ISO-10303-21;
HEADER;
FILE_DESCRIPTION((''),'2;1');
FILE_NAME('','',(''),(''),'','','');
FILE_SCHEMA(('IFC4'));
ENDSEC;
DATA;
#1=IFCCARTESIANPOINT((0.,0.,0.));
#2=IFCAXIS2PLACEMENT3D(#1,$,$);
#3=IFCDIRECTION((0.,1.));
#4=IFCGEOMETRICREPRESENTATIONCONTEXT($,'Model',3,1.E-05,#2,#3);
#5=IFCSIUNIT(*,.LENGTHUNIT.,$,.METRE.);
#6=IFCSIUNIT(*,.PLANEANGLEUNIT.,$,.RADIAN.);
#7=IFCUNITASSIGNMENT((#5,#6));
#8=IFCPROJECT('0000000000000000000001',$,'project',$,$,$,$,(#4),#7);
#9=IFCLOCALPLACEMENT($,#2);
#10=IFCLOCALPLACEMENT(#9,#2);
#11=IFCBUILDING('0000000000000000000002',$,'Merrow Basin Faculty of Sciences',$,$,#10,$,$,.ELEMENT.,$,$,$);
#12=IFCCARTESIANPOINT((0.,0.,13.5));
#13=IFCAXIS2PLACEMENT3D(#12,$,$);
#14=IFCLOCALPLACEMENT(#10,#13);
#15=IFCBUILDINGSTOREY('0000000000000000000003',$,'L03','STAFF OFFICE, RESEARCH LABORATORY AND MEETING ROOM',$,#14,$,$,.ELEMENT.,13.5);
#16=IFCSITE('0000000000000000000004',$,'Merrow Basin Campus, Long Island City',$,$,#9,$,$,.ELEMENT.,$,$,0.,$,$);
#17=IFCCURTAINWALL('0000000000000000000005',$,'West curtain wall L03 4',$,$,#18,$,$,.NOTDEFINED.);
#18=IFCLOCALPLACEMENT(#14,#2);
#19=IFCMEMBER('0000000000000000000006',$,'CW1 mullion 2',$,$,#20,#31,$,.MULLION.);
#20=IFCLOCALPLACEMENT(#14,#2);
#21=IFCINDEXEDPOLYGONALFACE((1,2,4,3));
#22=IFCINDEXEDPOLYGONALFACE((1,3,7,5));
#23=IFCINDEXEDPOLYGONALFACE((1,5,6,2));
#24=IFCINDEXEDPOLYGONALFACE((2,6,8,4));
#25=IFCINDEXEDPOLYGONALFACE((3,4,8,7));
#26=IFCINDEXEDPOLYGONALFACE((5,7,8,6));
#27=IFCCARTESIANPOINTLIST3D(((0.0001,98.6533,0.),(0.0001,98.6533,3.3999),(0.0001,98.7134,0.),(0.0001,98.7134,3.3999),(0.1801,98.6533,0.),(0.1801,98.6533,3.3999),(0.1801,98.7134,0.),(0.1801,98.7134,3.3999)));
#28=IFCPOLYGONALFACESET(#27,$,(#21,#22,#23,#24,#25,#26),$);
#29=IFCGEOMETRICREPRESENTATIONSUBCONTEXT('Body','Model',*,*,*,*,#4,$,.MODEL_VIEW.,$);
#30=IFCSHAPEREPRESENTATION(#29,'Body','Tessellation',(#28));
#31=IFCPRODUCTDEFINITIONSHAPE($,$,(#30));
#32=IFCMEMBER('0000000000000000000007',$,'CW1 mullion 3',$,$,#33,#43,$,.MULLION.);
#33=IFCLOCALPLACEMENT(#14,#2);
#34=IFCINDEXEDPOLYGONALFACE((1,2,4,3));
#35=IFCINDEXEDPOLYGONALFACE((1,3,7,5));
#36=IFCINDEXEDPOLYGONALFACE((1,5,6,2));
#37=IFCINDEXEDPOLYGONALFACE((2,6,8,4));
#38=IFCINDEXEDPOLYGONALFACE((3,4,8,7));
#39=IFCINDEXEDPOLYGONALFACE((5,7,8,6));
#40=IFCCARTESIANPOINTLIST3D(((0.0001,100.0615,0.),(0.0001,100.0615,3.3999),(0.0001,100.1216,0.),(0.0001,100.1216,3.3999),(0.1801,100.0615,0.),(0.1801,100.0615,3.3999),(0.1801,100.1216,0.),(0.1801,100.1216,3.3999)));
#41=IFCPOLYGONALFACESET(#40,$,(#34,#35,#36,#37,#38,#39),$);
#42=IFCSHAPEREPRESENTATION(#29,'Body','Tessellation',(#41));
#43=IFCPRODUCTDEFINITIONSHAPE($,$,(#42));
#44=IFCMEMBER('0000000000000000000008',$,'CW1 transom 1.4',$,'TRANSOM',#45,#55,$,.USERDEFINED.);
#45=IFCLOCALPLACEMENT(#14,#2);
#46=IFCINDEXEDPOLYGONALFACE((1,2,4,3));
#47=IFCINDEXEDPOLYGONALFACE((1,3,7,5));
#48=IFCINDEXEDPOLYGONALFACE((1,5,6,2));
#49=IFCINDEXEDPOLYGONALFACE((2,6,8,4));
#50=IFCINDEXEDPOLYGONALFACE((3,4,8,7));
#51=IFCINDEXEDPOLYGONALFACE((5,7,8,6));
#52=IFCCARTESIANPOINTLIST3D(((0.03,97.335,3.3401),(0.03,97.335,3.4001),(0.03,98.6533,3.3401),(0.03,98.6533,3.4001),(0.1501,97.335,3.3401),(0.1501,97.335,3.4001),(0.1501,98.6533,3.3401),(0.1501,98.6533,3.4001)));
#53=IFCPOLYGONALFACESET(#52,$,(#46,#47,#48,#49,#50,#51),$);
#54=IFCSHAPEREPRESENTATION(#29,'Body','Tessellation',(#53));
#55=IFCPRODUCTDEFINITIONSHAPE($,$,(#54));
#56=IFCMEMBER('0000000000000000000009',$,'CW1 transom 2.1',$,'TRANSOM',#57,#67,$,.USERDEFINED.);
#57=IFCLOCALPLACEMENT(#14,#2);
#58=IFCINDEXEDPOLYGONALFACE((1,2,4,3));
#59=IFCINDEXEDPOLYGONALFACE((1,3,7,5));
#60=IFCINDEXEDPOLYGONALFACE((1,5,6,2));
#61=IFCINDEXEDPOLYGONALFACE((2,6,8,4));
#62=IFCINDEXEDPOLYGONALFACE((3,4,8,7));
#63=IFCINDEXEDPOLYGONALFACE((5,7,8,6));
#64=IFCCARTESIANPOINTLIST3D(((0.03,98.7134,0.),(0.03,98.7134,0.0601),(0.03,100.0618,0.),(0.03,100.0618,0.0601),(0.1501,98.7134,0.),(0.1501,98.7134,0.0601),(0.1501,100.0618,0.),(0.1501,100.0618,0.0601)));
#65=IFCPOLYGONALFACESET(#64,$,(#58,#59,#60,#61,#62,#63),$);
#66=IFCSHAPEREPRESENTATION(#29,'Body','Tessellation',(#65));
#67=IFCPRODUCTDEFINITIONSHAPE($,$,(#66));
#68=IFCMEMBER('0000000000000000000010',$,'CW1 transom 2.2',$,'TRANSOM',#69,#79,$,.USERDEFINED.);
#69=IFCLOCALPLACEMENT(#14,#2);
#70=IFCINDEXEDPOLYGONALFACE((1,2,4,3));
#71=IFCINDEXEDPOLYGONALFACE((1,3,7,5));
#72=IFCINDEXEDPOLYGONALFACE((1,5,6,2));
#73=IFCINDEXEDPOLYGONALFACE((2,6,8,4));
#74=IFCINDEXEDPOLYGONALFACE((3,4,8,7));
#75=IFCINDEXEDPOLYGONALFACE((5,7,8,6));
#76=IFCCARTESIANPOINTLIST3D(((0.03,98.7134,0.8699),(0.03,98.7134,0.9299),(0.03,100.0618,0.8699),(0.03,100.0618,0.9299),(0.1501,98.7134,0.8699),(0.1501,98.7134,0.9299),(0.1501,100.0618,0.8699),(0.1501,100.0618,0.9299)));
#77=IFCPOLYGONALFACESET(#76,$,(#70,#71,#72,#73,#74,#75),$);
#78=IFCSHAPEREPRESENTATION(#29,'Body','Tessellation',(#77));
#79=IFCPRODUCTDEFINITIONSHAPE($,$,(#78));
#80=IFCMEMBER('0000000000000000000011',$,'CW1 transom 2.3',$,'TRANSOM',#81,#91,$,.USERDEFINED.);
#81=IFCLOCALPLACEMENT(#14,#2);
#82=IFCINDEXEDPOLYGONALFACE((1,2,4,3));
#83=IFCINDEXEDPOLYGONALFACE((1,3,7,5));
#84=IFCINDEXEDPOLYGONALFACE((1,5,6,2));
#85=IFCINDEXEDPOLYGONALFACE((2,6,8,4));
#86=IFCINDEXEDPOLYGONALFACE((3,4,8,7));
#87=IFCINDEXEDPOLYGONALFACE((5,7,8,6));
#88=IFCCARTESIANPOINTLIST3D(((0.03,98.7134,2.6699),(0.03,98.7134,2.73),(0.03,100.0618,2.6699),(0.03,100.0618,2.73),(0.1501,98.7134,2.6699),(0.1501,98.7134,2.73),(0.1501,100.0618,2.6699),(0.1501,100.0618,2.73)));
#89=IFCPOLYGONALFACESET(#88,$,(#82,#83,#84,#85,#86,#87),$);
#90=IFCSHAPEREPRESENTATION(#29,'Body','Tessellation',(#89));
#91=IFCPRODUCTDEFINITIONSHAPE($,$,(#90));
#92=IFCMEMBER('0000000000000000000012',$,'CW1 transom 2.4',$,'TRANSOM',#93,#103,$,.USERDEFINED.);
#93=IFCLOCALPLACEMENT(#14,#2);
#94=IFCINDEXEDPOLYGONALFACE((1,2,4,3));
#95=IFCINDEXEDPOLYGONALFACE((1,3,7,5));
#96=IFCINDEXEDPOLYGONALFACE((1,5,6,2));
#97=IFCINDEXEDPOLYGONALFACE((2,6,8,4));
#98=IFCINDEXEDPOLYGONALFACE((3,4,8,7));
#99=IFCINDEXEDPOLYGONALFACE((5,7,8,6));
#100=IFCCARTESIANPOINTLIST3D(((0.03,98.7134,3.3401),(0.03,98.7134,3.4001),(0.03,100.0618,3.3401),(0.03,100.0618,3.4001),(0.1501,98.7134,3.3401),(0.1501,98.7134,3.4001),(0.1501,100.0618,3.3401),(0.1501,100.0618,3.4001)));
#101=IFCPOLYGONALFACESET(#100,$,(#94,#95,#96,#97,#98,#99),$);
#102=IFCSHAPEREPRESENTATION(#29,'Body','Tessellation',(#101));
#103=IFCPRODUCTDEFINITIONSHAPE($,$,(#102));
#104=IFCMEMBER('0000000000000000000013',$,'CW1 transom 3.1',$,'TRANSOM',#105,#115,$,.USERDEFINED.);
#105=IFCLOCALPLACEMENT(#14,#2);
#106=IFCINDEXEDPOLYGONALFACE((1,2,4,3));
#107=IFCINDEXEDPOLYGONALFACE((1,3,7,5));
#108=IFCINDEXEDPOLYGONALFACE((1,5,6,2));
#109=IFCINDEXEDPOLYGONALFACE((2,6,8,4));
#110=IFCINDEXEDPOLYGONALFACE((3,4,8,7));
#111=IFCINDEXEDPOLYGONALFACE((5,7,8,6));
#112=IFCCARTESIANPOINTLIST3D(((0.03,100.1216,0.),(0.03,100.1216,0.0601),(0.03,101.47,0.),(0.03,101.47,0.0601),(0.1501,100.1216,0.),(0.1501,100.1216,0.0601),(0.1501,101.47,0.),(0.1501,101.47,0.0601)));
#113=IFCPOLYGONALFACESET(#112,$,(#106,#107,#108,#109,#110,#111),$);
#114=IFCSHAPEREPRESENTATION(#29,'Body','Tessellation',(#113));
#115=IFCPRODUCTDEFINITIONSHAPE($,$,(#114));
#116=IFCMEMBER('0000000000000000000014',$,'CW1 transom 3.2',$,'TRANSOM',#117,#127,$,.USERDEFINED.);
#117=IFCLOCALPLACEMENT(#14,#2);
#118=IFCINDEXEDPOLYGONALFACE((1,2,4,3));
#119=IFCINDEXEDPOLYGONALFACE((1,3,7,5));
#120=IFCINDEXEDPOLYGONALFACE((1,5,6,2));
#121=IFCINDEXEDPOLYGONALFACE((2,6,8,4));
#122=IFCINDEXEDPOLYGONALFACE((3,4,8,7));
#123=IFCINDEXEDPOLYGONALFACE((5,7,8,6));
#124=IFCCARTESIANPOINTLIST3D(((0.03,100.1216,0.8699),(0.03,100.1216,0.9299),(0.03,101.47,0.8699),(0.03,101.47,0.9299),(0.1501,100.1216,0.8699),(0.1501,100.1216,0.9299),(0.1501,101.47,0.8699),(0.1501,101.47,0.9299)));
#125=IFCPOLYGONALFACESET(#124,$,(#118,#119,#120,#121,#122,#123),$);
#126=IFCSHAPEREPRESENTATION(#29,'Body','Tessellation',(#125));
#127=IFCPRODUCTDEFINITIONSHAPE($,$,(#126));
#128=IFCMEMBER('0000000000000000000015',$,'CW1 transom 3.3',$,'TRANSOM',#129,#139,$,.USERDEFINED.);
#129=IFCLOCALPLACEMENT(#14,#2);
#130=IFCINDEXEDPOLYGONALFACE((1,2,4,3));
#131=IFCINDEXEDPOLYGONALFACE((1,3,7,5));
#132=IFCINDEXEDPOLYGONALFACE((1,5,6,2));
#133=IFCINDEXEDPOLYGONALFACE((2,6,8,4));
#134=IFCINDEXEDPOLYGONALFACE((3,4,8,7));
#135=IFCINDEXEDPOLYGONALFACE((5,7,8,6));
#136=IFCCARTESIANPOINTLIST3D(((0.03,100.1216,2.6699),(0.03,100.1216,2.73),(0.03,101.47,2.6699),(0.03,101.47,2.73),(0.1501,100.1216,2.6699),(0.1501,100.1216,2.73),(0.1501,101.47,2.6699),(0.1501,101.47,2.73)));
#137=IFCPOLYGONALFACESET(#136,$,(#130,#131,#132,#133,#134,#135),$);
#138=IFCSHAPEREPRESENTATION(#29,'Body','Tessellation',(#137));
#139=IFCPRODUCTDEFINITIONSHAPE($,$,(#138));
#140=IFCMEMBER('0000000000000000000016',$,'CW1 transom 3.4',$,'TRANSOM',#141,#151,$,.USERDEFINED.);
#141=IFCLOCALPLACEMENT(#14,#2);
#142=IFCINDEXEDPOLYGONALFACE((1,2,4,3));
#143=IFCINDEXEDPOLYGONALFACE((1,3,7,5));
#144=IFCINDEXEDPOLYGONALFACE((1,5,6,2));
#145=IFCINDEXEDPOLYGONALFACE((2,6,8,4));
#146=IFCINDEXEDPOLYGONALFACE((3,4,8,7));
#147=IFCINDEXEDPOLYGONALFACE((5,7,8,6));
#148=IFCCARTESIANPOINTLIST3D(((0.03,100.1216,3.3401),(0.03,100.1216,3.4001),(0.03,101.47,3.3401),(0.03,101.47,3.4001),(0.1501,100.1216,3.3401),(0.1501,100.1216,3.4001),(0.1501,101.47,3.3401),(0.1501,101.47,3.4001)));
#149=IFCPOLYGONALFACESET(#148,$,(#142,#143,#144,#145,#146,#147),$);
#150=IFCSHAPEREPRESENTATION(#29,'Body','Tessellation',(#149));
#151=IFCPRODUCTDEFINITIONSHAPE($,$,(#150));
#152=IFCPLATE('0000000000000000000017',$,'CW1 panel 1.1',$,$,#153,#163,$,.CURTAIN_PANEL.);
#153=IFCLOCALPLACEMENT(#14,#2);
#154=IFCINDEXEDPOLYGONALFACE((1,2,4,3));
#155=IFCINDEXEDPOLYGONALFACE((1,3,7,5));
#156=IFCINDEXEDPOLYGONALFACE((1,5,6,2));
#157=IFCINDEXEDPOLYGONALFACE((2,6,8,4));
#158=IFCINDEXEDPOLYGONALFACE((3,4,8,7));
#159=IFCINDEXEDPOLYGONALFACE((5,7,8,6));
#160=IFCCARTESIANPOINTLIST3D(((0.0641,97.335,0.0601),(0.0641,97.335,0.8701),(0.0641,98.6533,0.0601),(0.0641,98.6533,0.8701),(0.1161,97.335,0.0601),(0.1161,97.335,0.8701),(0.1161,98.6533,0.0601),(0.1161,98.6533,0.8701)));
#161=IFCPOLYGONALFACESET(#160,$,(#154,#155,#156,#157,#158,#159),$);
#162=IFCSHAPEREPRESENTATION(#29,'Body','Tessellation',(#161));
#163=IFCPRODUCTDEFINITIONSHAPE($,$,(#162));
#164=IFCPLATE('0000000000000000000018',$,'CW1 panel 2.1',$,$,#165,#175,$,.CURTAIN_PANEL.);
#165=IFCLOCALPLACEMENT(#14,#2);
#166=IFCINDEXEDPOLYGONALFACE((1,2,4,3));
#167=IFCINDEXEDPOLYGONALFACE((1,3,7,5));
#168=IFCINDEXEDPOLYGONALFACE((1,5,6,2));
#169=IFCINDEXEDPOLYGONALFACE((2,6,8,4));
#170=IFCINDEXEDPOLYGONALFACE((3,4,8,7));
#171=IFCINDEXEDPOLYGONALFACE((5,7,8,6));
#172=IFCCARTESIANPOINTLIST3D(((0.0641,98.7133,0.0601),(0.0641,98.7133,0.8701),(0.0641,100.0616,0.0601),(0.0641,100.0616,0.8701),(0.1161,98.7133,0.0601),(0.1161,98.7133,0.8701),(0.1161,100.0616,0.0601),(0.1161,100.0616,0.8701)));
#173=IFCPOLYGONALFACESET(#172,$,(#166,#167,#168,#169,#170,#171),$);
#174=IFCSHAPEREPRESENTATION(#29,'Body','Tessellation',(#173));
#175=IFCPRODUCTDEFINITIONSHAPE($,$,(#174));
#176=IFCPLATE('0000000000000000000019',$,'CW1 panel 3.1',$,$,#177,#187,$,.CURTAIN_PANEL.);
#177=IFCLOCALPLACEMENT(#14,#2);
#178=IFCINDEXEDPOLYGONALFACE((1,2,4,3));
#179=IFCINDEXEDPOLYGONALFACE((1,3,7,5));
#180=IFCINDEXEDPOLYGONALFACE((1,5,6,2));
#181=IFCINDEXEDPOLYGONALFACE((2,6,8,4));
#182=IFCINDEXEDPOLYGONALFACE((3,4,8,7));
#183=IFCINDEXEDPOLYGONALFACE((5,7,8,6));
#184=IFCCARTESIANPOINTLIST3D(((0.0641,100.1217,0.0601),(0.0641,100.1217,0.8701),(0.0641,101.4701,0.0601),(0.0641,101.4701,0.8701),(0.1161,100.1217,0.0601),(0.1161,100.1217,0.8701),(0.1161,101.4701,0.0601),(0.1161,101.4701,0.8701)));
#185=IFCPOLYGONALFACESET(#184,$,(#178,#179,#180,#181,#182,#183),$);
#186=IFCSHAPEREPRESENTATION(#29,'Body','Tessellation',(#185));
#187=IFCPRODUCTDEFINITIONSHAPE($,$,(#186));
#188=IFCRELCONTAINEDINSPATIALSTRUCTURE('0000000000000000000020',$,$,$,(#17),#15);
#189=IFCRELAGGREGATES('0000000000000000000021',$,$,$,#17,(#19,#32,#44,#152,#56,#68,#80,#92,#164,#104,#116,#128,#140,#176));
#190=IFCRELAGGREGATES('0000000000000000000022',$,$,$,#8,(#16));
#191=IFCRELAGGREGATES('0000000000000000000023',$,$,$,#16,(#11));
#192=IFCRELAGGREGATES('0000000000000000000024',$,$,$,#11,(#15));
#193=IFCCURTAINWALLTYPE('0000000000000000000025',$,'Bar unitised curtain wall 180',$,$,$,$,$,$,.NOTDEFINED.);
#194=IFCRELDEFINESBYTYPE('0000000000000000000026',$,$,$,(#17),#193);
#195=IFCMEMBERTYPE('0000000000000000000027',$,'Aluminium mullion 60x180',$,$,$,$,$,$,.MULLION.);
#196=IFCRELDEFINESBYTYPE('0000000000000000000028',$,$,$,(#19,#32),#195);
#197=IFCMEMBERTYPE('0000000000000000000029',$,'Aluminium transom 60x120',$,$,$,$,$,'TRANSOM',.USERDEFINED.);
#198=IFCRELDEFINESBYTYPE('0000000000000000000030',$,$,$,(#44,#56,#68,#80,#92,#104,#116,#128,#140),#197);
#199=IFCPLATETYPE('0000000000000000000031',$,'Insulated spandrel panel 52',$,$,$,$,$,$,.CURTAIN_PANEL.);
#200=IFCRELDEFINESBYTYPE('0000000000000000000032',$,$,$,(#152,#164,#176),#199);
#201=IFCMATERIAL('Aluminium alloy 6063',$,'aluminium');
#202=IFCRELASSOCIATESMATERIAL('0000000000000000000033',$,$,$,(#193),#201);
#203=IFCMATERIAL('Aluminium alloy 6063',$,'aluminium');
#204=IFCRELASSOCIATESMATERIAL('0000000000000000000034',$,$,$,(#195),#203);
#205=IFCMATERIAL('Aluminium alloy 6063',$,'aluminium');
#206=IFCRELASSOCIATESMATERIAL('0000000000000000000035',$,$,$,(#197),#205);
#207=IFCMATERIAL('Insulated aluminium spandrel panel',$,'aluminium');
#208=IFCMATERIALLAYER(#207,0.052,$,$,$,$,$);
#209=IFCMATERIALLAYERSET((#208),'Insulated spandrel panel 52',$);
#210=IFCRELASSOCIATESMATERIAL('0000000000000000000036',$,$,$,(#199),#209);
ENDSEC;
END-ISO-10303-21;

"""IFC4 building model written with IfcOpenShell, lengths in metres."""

from ifc_helpers import new_model, si_unit, direction, frame, origin, origin_2d, place, context, subcontext, project, spatial, rectangle, extrude, material, layer, layer_set, material_profile, profile_set, type_object, element, aggregate, save


model = new_model("IFC4")

# Units and contexts
model_context = context("Model", 3, precision=1e-05, world=origin(), true_north=direction((0.0, 1.0)))
body_context = subcontext(model_context, "Body", "Model", "MODEL_VIEW")
ifc_project = project(units=[si_unit("LENGTHUNIT", "METRE"), si_unit("PLANEANGLEUNIT", "RADIAN")], contexts=[model_context])

# Site, building, storey
site_placement = place(None, origin())
site = spatial("IfcSite", under=ifc_project, at=site_placement, Name="Merrow Basin Campus, Long Island City", CompositionType="ELEMENT", RefElevation=0.0)
building_placement = place(site_placement, origin())
building = spatial("IfcBuilding", under=site, at=building_placement, Name="Merrow Basin Faculty of Sciences", CompositionType="ELEMENT")
storey_placement = place(building_placement, frame((0.0, 0.0, 13.5)))
storey = spatial("IfcBuildingStorey", under=building, at=storey_placement, Name="L03", Description="STAFF OFFICE, RESEARCH LABORATORY AND MEETING ROOM", CompositionType="ELEMENT", Elevation=13.5)

# Curtain wall, members, plates
ifc_material_1 = material(Name="Aluminium alloy 6063", Category="aluminium")
curtain_wall_type = type_object("IfcCurtainWallType", Name="Bar unitised curtain wall 180", PredefinedType="NOTDEFINED", material=ifc_material_1)
curtain_wall_placement = place(storey_placement, origin())
curtain_wall = element("IfcCurtainWall", 1, at=curtain_wall_placement, inside=storey, type_object=curtain_wall_type, Name="West curtain wall L03 4", PredefinedType="NOTDEFINED")
ifc_material_2 = material(Name="Aluminium alloy 6063", Category="aluminium")
ifc_material_profile_1 = material_profile(ifc_material_2, rectangle(XDim=0.1799, YDim=0.0601, at=origin_2d()))
ifc_profile_set_1 = profile_set([ifc_material_profile_1], Name="Aluminium alloy 6063")
member_type_1 = type_object("IfcMemberType", Name="Aluminium mullion 60x180", PredefinedType="MULLION", material=ifc_profile_set_1)
member_1_placement = place(storey_placement, frame((0.0901, 98.6833, 0.0), z_axis=(0.0, 0.0, 1.0), x_axis=(-1.0, 0.0, 0.0)))
member_1 = element("IfcMember", 2, at=member_1_placement, type_object=member_type_1, Name="CW1 mullion 2", PredefinedType="MULLION", context=body_context, shape_type="SweptSolid", body=[
    extrude(rectangle(XDim=0.1799, YDim=0.0601, at=origin_2d()), origin(), (0.0, 0.0, 1.0), 3.3999),
])
member_2_placement = place(storey_placement, frame((0.0901, 100.0916, 0.0), z_axis=(0.0, 0.0, 1.0), x_axis=(-1.0, 0.0, 0.0)))
member_2 = element("IfcMember", 3, at=member_2_placement, type_object=member_type_1, Name="CW1 mullion 3", PredefinedType="MULLION", context=body_context, shape_type="SweptSolid", body=[
    extrude(rectangle(XDim=0.1799, YDim=0.0601, at=origin_2d()), origin(), (0.0, 0.0, 1.0), 3.3999),
])
ifc_material_3 = material(Name="Aluminium alloy 6063", Category="aluminium")
ifc_material_profile_2 = material_profile(ifc_material_3, rectangle(XDim=0.1201, YDim=0.0601, at=origin_2d()))
ifc_profile_set_2 = profile_set([ifc_material_profile_2], Name="Aluminium alloy 6063")
member_type_2 = type_object("IfcMemberType", Name="Aluminium transom 60x120", ElementType="TRANSOM", PredefinedType="USERDEFINED", material=ifc_profile_set_2)
member_3_placement = place(storey_placement, frame((0.0901, 97.335, 3.3701), z_axis=(0.0, 1.0, 0.0), x_axis=(-1.0, 0.0, 0.0)))
member_3 = element("IfcMember", 4, at=member_3_placement, type_object=member_type_2, Name="CW1 transom 1.4", ObjectType="TRANSOM", PredefinedType="USERDEFINED", context=body_context, shape_type="SweptSolid", body=[
    extrude(rectangle(XDim=0.1201, YDim=0.0601, at=origin_2d()), origin(), (0.0, 0.0, 1.0), 1.3184),
])
member_4_placement = place(storey_placement, frame((0.0901, 98.7134, 0.03), z_axis=(0.0, 1.0, 0.0), x_axis=(-1.0, 0.0, 0.0)))
member_4 = element("IfcMember", 5, at=member_4_placement, type_object=member_type_2, Name="CW1 transom 2.1", ObjectType="TRANSOM", PredefinedType="USERDEFINED", context=body_context, shape_type="SweptSolid", body=[
    extrude(rectangle(XDim=0.1201, YDim=0.0601, at=origin_2d()), origin(), (0.0, 0.0, 1.0), 1.3484),
])
member_5_placement = place(storey_placement, frame((0.0901, 98.7134, 0.8999), z_axis=(0.0, 1.0, 0.0), x_axis=(-1.0, 0.0, 0.0)))
member_5 = element("IfcMember", 6, at=member_5_placement, type_object=member_type_2, Name="CW1 transom 2.2", ObjectType="TRANSOM", PredefinedType="USERDEFINED", context=body_context, shape_type="SweptSolid", body=[
    extrude(rectangle(XDim=0.1201, YDim=0.0601, at=origin_2d()), origin(), (0.0, 0.0, 1.0), 1.3484),
])
member_6_placement = place(storey_placement, frame((0.0901, 98.7134, 2.7), z_axis=(0.0, 1.0, 0.0), x_axis=(-1.0, 0.0, 0.0)))
member_6 = element("IfcMember", 7, at=member_6_placement, type_object=member_type_2, Name="CW1 transom 2.3", ObjectType="TRANSOM", PredefinedType="USERDEFINED", context=body_context, shape_type="SweptSolid", body=[
    extrude(rectangle(XDim=0.1201, YDim=0.0601, at=origin_2d()), origin(), (0.0, 0.0, 1.0), 1.3484),
])
member_7_placement = place(storey_placement, frame((0.0901, 98.7134, 3.3701), z_axis=(0.0, 1.0, 0.0), x_axis=(-1.0, 0.0, 0.0)))
member_7 = element("IfcMember", 8, at=member_7_placement, type_object=member_type_2, Name="CW1 transom 2.4", ObjectType="TRANSOM", PredefinedType="USERDEFINED", context=body_context, shape_type="SweptSolid", body=[
    extrude(rectangle(XDim=0.1201, YDim=0.0601, at=origin_2d()), origin(), (0.0, 0.0, 1.0), 1.3484),
])
member_8_placement = place(storey_placement, frame((0.0901, 100.1216, 0.03), z_axis=(0.0, 1.0, 0.0), x_axis=(-1.0, 0.0, 0.0)))
member_8 = element("IfcMember", 9, at=member_8_placement, type_object=member_type_2, Name="CW1 transom 3.1", ObjectType="TRANSOM", PredefinedType="USERDEFINED", context=body_context, shape_type="SweptSolid", body=[
    extrude(rectangle(XDim=0.1201, YDim=0.0601, at=origin_2d()), origin(), (0.0, 0.0, 1.0), 1.3484),
])
member_9_placement = place(storey_placement, frame((0.0901, 100.1216, 0.8999), z_axis=(0.0, 1.0, 0.0), x_axis=(-1.0, 0.0, 0.0)))
member_9 = element("IfcMember", 10, at=member_9_placement, type_object=member_type_2, Name="CW1 transom 3.2", ObjectType="TRANSOM", PredefinedType="USERDEFINED", context=body_context, shape_type="SweptSolid", body=[
    extrude(rectangle(XDim=0.1201, YDim=0.0601, at=origin_2d()), origin(), (0.0, 0.0, 1.0), 1.3484),
])
member_10_placement = place(storey_placement, frame((0.0901, 100.1216, 2.7), z_axis=(0.0, 1.0, 0.0), x_axis=(-1.0, 0.0, 0.0)))
member_10 = element("IfcMember", 11, at=member_10_placement, type_object=member_type_2, Name="CW1 transom 3.3", ObjectType="TRANSOM", PredefinedType="USERDEFINED", context=body_context, shape_type="SweptSolid", body=[
    extrude(rectangle(XDim=0.1201, YDim=0.0601, at=origin_2d()), origin(), (0.0, 0.0, 1.0), 1.3484),
])
member_11_placement = place(storey_placement, frame((0.0901, 100.1216, 3.3701), z_axis=(0.0, 1.0, 0.0), x_axis=(-1.0, 0.0, 0.0)))
member_11 = element("IfcMember", 12, at=member_11_placement, type_object=member_type_2, Name="CW1 transom 3.4", ObjectType="TRANSOM", PredefinedType="USERDEFINED", context=body_context, shape_type="SweptSolid", body=[
    extrude(rectangle(XDim=0.1201, YDim=0.0601, at=origin_2d()), origin(), (0.0, 0.0, 1.0), 1.3484),
])
ifc_material_4 = material(Name="Insulated aluminium spandrel panel", Category="aluminium")
ifc_layer_1 = layer(ifc_material_4, 0.052)
ifc_layer_set_1 = layer_set([ifc_layer_1], Name="Insulated spandrel panel 52")
plate_type_1 = type_object("IfcPlateType", Name="Insulated spandrel panel 52", PredefinedType="CURTAIN_PANEL", material=ifc_layer_set_1)
plate_1_placement = place(storey_placement, frame((0.0901, 97.9941, 0.0601), z_axis=(0.0, 0.0, 1.0), x_axis=(0.0, 1.0, 0.0)))
plate_1 = element("IfcPlate", 13, at=plate_1_placement, type_object=plate_type_1, Name="CW1 panel 1.1", PredefinedType="CURTAIN_PANEL", context=body_context, shape_type="SweptSolid", body=[
    extrude(rectangle(XDim=1.3184, YDim=0.052, at=origin_2d()), origin(), (0.0, 0.0, 1.0), 0.8101),
])
plate_2_placement = place(storey_placement, frame((0.0901, 99.3875, 0.0601), z_axis=(0.0, 0.0, 1.0), x_axis=(0.0, 1.0, 0.0)))
plate_2 = element("IfcPlate", 14, at=plate_2_placement, type_object=plate_type_1, Name="CW1 panel 2.1", PredefinedType="CURTAIN_PANEL", context=body_context, shape_type="SweptSolid", body=[
    extrude(rectangle(XDim=1.3484, YDim=0.052, at=origin_2d()), origin(), (0.0, 0.0, 1.0), 0.8101),
])
plate_3_placement = place(storey_placement, frame((0.0901, 100.7959, 0.0601), z_axis=(0.0, 0.0, 1.0), x_axis=(0.0, 1.0, 0.0)))
plate_3 = element("IfcPlate", 15, at=plate_3_placement, type_object=plate_type_1, Name="CW1 panel 3.1", PredefinedType="CURTAIN_PANEL", context=body_context, shape_type="SweptSolid", body=[
    extrude(rectangle(XDim=1.3484, YDim=0.052, at=origin_2d()), origin(), (0.0, 0.0, 1.0), 0.8101),
])
aggregate(curtain_wall, [member_1, member_2, member_3, plate_1, member_4, member_5, member_6, member_7, plate_2, member_8, member_9, member_10, member_11, plate_3])

save(model, "model.ifc")
